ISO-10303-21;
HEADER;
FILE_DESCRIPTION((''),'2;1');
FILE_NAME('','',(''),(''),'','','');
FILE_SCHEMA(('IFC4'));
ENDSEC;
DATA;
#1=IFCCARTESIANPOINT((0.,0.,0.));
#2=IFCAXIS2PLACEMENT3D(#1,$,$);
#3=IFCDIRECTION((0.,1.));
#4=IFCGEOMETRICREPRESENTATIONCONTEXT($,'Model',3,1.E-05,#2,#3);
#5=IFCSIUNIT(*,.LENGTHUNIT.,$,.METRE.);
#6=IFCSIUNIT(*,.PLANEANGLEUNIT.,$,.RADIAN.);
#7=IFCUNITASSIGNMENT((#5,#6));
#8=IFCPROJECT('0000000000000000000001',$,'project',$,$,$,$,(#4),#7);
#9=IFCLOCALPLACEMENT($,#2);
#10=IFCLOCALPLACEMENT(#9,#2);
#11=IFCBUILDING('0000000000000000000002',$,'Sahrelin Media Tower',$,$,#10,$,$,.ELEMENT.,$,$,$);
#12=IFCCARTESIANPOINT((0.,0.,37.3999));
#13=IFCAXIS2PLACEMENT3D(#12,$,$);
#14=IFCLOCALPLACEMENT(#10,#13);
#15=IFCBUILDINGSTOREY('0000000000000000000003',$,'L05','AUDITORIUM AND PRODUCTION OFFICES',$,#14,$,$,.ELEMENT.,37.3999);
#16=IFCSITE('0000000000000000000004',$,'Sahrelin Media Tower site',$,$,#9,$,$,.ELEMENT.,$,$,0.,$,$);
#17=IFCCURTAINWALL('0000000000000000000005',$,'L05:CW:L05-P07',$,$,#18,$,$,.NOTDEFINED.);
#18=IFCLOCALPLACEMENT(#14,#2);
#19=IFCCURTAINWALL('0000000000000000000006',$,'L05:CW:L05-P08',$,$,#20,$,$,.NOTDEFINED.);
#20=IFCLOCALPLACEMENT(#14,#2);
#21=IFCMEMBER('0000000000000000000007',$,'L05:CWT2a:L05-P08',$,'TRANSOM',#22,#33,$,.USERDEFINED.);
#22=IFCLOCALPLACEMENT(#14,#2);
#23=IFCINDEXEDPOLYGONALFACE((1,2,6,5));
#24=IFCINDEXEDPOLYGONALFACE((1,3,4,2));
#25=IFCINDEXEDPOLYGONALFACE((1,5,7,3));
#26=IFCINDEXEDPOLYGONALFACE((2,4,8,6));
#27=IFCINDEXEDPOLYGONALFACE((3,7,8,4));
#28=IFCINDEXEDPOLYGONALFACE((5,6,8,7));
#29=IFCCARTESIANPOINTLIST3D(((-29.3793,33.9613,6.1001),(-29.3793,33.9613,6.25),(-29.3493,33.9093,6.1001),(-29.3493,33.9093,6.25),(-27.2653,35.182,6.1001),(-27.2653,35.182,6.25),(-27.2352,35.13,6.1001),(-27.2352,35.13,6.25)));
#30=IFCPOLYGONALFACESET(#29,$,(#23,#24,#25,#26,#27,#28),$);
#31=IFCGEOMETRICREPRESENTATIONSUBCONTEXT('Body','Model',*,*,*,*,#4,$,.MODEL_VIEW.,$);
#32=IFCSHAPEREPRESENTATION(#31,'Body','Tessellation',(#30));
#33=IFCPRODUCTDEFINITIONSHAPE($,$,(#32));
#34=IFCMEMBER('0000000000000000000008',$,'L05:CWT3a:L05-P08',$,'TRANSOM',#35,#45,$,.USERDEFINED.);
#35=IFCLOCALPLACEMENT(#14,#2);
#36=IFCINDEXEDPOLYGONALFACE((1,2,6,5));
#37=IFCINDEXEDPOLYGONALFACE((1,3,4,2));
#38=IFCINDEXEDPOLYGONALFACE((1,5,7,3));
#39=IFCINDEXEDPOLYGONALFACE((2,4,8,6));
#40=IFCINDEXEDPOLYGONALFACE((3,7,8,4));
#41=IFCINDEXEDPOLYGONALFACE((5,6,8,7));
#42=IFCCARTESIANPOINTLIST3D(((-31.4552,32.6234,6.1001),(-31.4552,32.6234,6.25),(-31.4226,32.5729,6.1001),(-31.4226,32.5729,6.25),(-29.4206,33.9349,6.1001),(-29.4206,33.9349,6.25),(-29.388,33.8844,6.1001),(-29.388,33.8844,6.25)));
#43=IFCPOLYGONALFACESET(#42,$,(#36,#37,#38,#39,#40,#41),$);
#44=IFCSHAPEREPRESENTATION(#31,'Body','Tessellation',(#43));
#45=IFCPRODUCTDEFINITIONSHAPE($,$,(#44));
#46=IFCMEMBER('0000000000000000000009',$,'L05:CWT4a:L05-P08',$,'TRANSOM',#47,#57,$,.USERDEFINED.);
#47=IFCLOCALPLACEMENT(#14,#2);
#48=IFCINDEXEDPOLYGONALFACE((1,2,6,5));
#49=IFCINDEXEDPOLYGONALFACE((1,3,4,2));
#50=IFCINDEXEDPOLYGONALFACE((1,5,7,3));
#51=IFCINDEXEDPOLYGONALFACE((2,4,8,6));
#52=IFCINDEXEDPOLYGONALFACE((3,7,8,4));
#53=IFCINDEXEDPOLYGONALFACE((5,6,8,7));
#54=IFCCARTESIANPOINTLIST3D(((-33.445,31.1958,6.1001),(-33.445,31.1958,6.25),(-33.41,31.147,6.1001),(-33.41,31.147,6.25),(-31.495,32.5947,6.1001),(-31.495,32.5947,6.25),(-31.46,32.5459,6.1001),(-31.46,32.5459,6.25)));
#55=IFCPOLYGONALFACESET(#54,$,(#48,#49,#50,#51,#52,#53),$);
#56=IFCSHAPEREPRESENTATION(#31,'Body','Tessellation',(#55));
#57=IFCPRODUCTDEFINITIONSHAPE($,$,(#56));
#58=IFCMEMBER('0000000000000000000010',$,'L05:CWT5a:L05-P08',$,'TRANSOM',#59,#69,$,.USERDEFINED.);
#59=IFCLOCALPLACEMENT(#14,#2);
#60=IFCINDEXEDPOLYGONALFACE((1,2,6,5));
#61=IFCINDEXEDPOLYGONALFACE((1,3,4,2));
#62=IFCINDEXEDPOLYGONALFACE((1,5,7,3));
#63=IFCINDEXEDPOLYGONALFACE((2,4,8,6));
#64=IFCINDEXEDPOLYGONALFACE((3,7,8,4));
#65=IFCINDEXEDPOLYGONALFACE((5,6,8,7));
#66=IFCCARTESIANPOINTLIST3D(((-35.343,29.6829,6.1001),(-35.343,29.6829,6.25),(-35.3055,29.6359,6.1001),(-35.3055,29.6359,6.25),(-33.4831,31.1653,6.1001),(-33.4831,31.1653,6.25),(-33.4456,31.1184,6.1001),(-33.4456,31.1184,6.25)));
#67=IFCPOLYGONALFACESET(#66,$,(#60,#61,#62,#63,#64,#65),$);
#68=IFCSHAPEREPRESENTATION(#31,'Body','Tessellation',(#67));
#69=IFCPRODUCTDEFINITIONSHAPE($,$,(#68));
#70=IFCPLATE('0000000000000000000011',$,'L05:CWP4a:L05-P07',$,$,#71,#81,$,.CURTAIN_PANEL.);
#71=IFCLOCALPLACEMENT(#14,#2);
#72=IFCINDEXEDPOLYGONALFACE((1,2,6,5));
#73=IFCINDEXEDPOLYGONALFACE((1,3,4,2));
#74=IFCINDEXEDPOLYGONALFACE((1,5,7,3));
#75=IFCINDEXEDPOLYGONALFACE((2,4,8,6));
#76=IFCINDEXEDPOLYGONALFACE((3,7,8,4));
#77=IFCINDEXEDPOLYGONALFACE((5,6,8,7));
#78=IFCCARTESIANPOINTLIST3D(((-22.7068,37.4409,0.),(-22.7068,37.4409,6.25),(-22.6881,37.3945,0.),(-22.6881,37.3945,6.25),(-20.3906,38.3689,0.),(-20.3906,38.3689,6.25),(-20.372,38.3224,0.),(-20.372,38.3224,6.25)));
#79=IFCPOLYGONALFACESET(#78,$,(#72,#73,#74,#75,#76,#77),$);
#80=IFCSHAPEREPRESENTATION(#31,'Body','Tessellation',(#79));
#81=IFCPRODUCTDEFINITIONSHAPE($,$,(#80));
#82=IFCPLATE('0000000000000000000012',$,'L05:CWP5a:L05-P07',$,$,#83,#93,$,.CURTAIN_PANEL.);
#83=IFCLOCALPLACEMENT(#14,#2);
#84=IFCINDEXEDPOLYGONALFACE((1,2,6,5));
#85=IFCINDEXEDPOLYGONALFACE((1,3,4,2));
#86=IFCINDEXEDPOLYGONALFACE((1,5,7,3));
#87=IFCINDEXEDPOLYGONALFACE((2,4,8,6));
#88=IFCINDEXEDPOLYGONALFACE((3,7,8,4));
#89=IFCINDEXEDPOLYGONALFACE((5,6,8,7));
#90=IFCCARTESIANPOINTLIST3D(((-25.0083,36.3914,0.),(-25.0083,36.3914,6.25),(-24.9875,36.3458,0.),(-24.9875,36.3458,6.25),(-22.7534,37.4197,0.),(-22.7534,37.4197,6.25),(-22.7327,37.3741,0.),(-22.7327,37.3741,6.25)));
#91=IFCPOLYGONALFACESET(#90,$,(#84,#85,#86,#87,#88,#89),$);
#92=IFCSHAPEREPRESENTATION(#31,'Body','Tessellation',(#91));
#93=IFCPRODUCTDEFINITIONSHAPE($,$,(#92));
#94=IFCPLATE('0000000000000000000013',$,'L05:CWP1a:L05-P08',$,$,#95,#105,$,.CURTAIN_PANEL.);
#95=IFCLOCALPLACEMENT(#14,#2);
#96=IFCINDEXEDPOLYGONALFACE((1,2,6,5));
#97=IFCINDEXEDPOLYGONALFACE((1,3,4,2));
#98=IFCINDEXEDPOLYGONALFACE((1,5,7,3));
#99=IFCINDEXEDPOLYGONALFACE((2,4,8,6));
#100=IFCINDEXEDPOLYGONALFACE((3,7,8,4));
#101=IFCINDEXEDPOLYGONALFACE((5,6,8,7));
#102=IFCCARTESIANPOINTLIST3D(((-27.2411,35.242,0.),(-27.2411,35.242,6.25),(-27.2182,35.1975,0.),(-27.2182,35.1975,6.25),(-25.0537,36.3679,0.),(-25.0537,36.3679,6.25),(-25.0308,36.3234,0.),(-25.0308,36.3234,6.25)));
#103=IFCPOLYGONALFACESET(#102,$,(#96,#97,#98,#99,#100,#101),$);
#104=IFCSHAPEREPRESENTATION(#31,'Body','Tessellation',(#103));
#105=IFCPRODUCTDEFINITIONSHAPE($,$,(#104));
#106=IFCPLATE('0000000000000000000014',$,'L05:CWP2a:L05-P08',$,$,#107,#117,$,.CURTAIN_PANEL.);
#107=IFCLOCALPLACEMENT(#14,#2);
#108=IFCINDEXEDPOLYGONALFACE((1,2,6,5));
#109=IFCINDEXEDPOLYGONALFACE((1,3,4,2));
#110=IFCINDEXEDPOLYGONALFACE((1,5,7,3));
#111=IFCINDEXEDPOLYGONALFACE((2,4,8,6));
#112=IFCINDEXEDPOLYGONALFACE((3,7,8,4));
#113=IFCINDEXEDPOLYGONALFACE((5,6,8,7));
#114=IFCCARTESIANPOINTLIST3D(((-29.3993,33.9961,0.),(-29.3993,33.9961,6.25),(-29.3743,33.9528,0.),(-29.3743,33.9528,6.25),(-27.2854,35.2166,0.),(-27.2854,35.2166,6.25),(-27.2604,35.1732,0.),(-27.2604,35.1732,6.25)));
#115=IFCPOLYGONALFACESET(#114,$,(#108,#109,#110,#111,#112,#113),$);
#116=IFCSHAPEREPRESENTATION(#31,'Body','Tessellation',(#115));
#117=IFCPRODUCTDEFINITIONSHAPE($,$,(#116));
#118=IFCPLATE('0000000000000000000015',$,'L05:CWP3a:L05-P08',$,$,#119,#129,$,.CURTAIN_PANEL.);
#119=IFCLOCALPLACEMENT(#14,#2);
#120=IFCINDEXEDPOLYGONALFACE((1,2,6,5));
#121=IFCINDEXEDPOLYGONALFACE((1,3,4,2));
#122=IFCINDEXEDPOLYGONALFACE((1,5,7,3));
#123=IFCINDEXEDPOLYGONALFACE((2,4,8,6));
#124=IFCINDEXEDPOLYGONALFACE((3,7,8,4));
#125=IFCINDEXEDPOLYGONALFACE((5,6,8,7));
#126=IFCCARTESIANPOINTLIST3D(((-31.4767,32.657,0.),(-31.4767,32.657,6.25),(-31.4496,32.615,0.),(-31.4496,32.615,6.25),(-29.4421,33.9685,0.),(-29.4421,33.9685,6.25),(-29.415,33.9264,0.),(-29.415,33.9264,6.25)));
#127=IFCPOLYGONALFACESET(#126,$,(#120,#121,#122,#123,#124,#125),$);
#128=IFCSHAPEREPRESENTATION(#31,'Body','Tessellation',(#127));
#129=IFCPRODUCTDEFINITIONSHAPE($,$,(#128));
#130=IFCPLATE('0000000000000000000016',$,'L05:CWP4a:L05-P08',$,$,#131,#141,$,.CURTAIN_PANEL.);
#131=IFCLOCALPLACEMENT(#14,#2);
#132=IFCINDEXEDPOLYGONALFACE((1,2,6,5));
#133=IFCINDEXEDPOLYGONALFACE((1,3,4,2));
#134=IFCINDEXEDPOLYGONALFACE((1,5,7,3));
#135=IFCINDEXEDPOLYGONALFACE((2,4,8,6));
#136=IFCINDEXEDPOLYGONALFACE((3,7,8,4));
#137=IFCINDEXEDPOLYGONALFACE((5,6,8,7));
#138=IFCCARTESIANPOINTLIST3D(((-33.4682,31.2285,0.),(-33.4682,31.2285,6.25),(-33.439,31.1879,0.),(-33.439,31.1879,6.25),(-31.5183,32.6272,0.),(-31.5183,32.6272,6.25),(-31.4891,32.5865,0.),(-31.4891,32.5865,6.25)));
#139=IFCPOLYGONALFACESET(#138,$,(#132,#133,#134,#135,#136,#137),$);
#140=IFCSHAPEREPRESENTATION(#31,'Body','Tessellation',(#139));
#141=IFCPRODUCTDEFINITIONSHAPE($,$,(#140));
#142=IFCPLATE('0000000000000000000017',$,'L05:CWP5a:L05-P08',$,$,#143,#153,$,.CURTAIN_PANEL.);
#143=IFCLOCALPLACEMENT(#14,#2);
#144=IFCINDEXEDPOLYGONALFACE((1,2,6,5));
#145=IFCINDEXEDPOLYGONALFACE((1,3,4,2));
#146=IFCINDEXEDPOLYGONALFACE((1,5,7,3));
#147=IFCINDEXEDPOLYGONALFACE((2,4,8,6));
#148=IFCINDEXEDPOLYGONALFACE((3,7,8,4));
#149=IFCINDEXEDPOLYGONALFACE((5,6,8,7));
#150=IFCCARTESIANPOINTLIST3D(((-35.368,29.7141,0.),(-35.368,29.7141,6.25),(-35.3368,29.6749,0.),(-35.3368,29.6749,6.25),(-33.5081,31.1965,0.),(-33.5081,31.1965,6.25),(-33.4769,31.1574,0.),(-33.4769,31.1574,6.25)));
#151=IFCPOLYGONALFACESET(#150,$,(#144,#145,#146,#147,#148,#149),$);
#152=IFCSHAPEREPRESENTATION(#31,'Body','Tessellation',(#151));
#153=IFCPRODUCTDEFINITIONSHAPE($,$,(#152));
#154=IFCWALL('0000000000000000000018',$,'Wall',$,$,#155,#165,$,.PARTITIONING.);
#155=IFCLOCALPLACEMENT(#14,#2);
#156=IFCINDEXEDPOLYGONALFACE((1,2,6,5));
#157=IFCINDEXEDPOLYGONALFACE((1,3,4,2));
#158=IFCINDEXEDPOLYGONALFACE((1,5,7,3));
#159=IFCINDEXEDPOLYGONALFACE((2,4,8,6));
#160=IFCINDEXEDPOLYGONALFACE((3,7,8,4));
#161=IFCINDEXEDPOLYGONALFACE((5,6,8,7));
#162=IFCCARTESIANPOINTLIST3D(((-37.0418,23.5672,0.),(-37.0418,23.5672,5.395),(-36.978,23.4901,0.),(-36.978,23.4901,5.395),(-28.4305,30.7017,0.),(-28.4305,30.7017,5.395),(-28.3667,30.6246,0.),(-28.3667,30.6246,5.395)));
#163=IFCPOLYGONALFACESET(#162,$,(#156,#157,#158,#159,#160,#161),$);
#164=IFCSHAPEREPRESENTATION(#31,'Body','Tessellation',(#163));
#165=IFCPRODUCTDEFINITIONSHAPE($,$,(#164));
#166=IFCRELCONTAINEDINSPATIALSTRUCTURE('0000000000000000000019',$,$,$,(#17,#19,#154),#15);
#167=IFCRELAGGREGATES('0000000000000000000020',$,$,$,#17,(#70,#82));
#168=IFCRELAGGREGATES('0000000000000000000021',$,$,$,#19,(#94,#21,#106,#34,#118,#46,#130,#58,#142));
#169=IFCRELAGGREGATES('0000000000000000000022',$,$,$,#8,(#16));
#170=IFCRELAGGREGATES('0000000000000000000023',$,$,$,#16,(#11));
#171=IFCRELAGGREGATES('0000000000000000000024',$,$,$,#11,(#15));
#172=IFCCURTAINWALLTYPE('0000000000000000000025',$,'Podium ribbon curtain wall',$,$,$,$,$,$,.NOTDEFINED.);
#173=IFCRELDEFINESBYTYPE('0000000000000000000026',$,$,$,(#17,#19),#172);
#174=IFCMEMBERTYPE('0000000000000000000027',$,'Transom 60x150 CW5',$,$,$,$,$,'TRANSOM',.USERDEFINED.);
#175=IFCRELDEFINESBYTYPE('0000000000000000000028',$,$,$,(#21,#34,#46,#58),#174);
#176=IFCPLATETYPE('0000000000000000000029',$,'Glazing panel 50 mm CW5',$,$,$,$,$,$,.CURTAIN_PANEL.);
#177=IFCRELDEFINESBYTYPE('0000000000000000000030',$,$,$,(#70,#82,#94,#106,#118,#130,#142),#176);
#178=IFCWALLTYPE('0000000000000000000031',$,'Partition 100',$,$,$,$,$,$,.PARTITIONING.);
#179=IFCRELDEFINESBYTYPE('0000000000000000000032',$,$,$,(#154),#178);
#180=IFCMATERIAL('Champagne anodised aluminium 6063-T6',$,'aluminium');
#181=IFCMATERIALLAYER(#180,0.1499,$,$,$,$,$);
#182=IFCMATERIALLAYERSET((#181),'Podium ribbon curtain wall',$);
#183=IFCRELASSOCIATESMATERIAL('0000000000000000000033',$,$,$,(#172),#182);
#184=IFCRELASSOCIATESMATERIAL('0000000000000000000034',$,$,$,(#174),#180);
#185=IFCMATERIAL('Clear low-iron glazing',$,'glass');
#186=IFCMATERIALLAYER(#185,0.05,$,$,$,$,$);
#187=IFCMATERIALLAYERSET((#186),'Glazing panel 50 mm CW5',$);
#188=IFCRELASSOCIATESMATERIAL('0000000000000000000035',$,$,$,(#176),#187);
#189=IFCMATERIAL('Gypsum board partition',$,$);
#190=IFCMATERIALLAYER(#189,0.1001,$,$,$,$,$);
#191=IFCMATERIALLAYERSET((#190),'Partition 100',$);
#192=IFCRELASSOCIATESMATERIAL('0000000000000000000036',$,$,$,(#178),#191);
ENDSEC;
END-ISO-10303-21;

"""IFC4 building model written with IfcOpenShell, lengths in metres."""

from ifc_helpers import new_model, si_unit, direction, frame, frame_2d, origin, origin_2d, place, context, subcontext, project, spatial, polyline, rectangle, outline, extrude, material, layer, layer_set, material_profile, profile_set, type_object, element, aggregate, save


model = new_model("IFC4")

# Units and contexts
model_context = context("Model", 3, precision=1e-05, world=origin(), true_north=direction((0.0, 1.0)))
body_context = subcontext(model_context, "Body", "Model", "MODEL_VIEW")
ifc_project = project(units=[si_unit("LENGTHUNIT", "METRE"), si_unit("PLANEANGLEUNIT", "RADIAN")], contexts=[model_context])

# Site, building, storey
site_placement = place(None, origin())
site = spatial("IfcSite", under=ifc_project, at=site_placement, Name="Sahrelin Media Tower site", CompositionType="ELEMENT", RefElevation=0.0)
building_placement = place(site_placement, origin())
building = spatial("IfcBuilding", under=site, at=building_placement, Name="Sahrelin Media Tower", CompositionType="ELEMENT")
storey_placement = place(building_placement, frame((0.0, 0.0, 37.3999)))
storey = spatial("IfcBuildingStorey", under=building, at=storey_placement, Name="L05", Description="AUDITORIUM AND PRODUCTION OFFICES", CompositionType="ELEMENT", Elevation=37.3999)

# Curtain wall
ifc_material_1 = material(Name="Champagne anodised aluminium 6063-T6", Category="aluminium")
ifc_layer_1 = layer(ifc_material_1, 0.1499)
ifc_layer_set_1 = layer_set([ifc_layer_1], Name="Podium ribbon curtain wall")
curtain_wall_type = type_object("IfcCurtainWallType", Name="Podium ribbon curtain wall", PredefinedType="NOTDEFINED", material=ifc_layer_set_1)
curtain_wall_1_placement = place(storey_placement, frame((-12.9409, 40.5688, 0.0), z_axis=(0.0, 0.0, 1.0), x_axis=(1.0, 0.0, 0.0)))
curtain_wall_1 = element("IfcCurtainWall", 1, at=curtain_wall_1_placement, inside=storey, type_object=curtain_wall_type, Name="L05:CW:L05-P07", PredefinedType="NOTDEFINED")

# Curtain wall
curtain_wall_2_placement = place(storey_placement, frame((-25.0, 36.373, 0.0), z_axis=(0.0, 0.0, 1.0), x_axis=(1.0, 0.0, 0.0)))
curtain_wall_2 = element("IfcCurtainWall", 2, at=curtain_wall_2_placement, inside=storey, type_object=curtain_wall_type, Name="L05:CW:L05-P08", PredefinedType="NOTDEFINED")

# Members
ifc_material_profile_1 = material_profile(ifc_material_1, rectangle(XDim=0.0601, YDim=0.1499, at=origin_2d()), Name="Transom 60x150")
ifc_profile_set_1 = profile_set([ifc_material_profile_1], Name="Champagne anodised aluminium 6063-T6")
member_type_1 = type_object("IfcMemberType", Name="Transom 60x150 CW5", ElementType="TRANSOM", PredefinedType="USERDEFINED", material=ifc_profile_set_1)
member_1_placement = place(storey_placement, frame((-27.2502, 35.156, 6.175), z_axis=(-0.865994, -0.500054, 0.0), x_axis=(0.500054, -0.865994, 0.0)))
member_1 = element("IfcMember", 3, at=member_1_placement, type_object=member_type_1, Name="L05:CWT2a:L05-P08", ObjectType="TRANSOM", PredefinedType="USERDEFINED", context=body_context, shape_type="SweptSolid", body=[
    extrude(rectangle(XDim=0.0601, YDim=0.1499, at=origin_2d()), origin(), (0.0, 0.0, 1.0), 2.4412),
])
member_2_placement = place(storey_placement, frame((-29.4043, 33.9097, 6.175), z_axis=(-0.840516, -0.541787, 0.0), x_axis=(0.541787, -0.840516, 0.0)))
member_2 = element("IfcMember", 4, at=member_2_placement, type_object=member_type_1, Name="L05:CWT3a:L05-P08", ObjectType="TRANSOM", PredefinedType="USERDEFINED", context=body_context, shape_type="SweptSolid", body=[
    extrude(rectangle(XDim=0.0601, YDim=0.1499, at=origin_2d()), origin(), (0.0, 0.0, 1.0), 2.4207),
])
member_3_placement = place(storey_placement, frame((-31.4775, 32.5703, 6.175), z_axis=(-0.812529, -0.582921, 0.0), x_axis=(0.582921, -0.812529, 0.0)))
member_3 = element("IfcMember", 5, at=member_3_placement, type_object=member_type_1, Name="L05:CWT4a:L05-P08", ObjectType="TRANSOM", PredefinedType="USERDEFINED", context=body_context, shape_type="SweptSolid", body=[
    extrude(rectangle(XDim=0.0601, YDim=0.1499, at=origin_2d()), origin(), (0.0, 0.0, 1.0), 2.3999),
])
member_4_placement = place(storey_placement, frame((-33.4644, 31.1418, 6.175), z_axis=(-0.781989, -0.623292, 0.0), x_axis=(0.623292, -0.781989, 0.0)))
member_4 = element("IfcMember", 6, at=member_4_placement, type_object=member_type_1, Name="L05:CWT5a:L05-P08", ObjectType="TRANSOM", PredefinedType="USERDEFINED", context=body_context, shape_type="SweptSolid", body=[
    extrude(rectangle(XDim=0.0601, YDim=0.1499, at=origin_2d()), origin(), (0.0, 0.0, 1.0), 2.3784),
])

# Plates
ifc_material_2 = material(Name="Clear low-iron glazing", Category="glass")
ifc_layer_2 = layer(ifc_material_2, 0.05)
ifc_layer_set_2 = layer_set([ifc_layer_2], Name="Glazing panel 50 mm CW5")
plate_type = type_object("IfcPlateType", Name="Glazing panel 50 mm CW5", PredefinedType="CURTAIN_PANEL", material=ifc_layer_set_2)
plate_1_placement = place(storey_placement, frame((-20.3906, 38.3689, 0.0), z_axis=(-0.371914, 0.928267, 0.0), x_axis=(-0.928267, -0.371914, 0.0)))
plate_1 = element("IfcPlate", 7, at=plate_1_placement, type_object=plate_type, Name="L05:CWP4a:L05-P07", PredefinedType="CURTAIN_PANEL", context=body_context, shape_type="SweptSolid", body=[
    extrude(outline(polyline([(0.0, 0.0), (2.4951, 0.0), (2.4951, 6.25), (0.0, 6.25), (0.0, 0.0)])), origin(), (0.0, 0.0, -1.0), 0.05),
])
plate_2_placement = place(storey_placement, frame((-22.7534, 37.4197, 0.0), z_axis=(-0.414931, 0.909853, 0.0), x_axis=(-0.909853, -0.414931, 0.0)))
plate_2 = element("IfcPlate", 8, at=plate_2_placement, type_object=plate_type, Name="L05:CWP5a:L05-P07", PredefinedType="CURTAIN_PANEL", context=body_context, shape_type="SweptSolid", body=[
    extrude(outline(polyline([(0.0, 0.0), (2.4783, 0.0), (2.4783, 6.25), (0.0, 6.25), (0.0, 0.0)])), origin(), (0.0, 0.0, -1.0), 0.05),
])
aggregate(curtain_wall_1, [plate_1, plate_2])
plate_3_placement = place(storey_placement, frame((-25.0537, 36.3679, 0.0), z_axis=(-0.457662, 0.889126, 0.0), x_axis=(-0.889126, -0.457662, 0.0)))
plate_3 = element("IfcPlate", 9, at=plate_3_placement, type_object=plate_type, Name="L05:CWP1a:L05-P08", PredefinedType="CURTAIN_PANEL", context=body_context, shape_type="SweptSolid", body=[
    extrude(outline(polyline([(0.0, 0.0), (2.4602, 0.0), (2.4602, 6.25), (0.0, 6.25), (0.0, 0.0)])), origin(), (0.0, 0.0, -1.0), 0.05),
])
plate_4_placement = place(storey_placement, frame((-27.2854, 35.2166, 0.0), z_axis=(-0.499979, 0.866037, 0.0), x_axis=(-0.866037, -0.499979, 0.0)))
plate_4 = element("IfcPlate", 10, at=plate_4_placement, type_object=plate_type, Name="L05:CWP2a:L05-P08", PredefinedType="CURTAIN_PANEL", context=body_context, shape_type="SweptSolid", body=[
    extrude(outline(polyline([(0.0, 0.0), (2.4409, 0.0), (2.4409, 6.25), (0.0, 6.25), (0.0, 0.0)])), origin(), (0.0, 0.0, -1.0), 0.05),
])
plate_5_placement = place(storey_placement, frame((-29.4421, 33.9685, 0.0), z_axis=(-0.541787, 0.840516, 0.0), x_axis=(-0.840516, -0.541787, 0.0)))
plate_5 = element("IfcPlate", 11, at=plate_5_placement, type_object=plate_type, Name="L05:CWP3a:L05-P08", PredefinedType="CURTAIN_PANEL", context=body_context, shape_type="SweptSolid", body=[
    extrude(outline(polyline([(0.0, 0.0), (2.4207, 0.0), (2.4207, 6.25), (0.0, 6.25), (0.0, 0.0)])), origin(), (0.0, 0.0, -1.0), 0.05),
])
plate_6_placement = place(storey_placement, frame((-31.5183, 32.6272, 0.0), z_axis=(-0.582854, 0.812577, 0.0), x_axis=(-0.812577, -0.582854, 0.0)))
plate_6 = element("IfcPlate", 12, at=plate_6_placement, type_object=plate_type, Name="L05:CWP4a:L05-P08", PredefinedType="CURTAIN_PANEL", context=body_context, shape_type="SweptSolid", body=[
    extrude(outline(polyline([(0.0, 0.0), (2.3997, 0.0), (2.3997, 6.25), (0.0, 6.25), (0.0, 0.0)])), origin(), (0.0, 0.0, -1.0), 0.05),
])
plate_7_placement = place(storey_placement, frame((-33.5081, 31.1965, 0.0), z_axis=(-0.623292, 0.781989, 0.0), x_axis=(-0.781989, -0.623292, 0.0)))
plate_7 = element("IfcPlate", 13, at=plate_7_placement, type_object=plate_type, Name="L05:CWP5a:L05-P08", PredefinedType="CURTAIN_PANEL", context=body_context, shape_type="SweptSolid", body=[
    extrude(outline(polyline([(0.0, 0.0), (2.3784, 0.0), (2.3784, 6.25), (0.0, 6.25), (0.0, 0.0)])), origin(), (0.0, 0.0, -1.0), 0.05),
])
aggregate(curtain_wall_2, [plate_3, member_1, plate_4, member_2, plate_5, member_3, plate_6, member_4, plate_7])

# Wall
ifc_material_3 = material(Name="Gypsum board partition")
ifc_layer_3 = layer(ifc_material_3, 0.1001)
ifc_layer_set_3 = layer_set([ifc_layer_3], Name="Partition 100")
wall_type = type_object("IfcWallType", Name="Partition 100", PredefinedType="PARTITIONING", material=ifc_layer_set_3)
wall_placement = place(storey_placement, frame((-28.3987, 30.6631, 0.0), z_axis=(0.0, 0.0, 1.0), x_axis=(-0.770047, -0.637987, 0.0)))
element("IfcWall", 14, at=wall_placement, inside=storey, type_object=wall_type, Name="Wall", PredefinedType="PARTITIONING", context=body_context, shape_type="SweptSolid", body=[
    extrude(rectangle(XDim=11.1829, YDim=0.1001, at=frame_2d((5.5913, 0.0))), origin(), (0.0, 0.0, 1.0), 5.395),
])

save(model, "model.ifc")
